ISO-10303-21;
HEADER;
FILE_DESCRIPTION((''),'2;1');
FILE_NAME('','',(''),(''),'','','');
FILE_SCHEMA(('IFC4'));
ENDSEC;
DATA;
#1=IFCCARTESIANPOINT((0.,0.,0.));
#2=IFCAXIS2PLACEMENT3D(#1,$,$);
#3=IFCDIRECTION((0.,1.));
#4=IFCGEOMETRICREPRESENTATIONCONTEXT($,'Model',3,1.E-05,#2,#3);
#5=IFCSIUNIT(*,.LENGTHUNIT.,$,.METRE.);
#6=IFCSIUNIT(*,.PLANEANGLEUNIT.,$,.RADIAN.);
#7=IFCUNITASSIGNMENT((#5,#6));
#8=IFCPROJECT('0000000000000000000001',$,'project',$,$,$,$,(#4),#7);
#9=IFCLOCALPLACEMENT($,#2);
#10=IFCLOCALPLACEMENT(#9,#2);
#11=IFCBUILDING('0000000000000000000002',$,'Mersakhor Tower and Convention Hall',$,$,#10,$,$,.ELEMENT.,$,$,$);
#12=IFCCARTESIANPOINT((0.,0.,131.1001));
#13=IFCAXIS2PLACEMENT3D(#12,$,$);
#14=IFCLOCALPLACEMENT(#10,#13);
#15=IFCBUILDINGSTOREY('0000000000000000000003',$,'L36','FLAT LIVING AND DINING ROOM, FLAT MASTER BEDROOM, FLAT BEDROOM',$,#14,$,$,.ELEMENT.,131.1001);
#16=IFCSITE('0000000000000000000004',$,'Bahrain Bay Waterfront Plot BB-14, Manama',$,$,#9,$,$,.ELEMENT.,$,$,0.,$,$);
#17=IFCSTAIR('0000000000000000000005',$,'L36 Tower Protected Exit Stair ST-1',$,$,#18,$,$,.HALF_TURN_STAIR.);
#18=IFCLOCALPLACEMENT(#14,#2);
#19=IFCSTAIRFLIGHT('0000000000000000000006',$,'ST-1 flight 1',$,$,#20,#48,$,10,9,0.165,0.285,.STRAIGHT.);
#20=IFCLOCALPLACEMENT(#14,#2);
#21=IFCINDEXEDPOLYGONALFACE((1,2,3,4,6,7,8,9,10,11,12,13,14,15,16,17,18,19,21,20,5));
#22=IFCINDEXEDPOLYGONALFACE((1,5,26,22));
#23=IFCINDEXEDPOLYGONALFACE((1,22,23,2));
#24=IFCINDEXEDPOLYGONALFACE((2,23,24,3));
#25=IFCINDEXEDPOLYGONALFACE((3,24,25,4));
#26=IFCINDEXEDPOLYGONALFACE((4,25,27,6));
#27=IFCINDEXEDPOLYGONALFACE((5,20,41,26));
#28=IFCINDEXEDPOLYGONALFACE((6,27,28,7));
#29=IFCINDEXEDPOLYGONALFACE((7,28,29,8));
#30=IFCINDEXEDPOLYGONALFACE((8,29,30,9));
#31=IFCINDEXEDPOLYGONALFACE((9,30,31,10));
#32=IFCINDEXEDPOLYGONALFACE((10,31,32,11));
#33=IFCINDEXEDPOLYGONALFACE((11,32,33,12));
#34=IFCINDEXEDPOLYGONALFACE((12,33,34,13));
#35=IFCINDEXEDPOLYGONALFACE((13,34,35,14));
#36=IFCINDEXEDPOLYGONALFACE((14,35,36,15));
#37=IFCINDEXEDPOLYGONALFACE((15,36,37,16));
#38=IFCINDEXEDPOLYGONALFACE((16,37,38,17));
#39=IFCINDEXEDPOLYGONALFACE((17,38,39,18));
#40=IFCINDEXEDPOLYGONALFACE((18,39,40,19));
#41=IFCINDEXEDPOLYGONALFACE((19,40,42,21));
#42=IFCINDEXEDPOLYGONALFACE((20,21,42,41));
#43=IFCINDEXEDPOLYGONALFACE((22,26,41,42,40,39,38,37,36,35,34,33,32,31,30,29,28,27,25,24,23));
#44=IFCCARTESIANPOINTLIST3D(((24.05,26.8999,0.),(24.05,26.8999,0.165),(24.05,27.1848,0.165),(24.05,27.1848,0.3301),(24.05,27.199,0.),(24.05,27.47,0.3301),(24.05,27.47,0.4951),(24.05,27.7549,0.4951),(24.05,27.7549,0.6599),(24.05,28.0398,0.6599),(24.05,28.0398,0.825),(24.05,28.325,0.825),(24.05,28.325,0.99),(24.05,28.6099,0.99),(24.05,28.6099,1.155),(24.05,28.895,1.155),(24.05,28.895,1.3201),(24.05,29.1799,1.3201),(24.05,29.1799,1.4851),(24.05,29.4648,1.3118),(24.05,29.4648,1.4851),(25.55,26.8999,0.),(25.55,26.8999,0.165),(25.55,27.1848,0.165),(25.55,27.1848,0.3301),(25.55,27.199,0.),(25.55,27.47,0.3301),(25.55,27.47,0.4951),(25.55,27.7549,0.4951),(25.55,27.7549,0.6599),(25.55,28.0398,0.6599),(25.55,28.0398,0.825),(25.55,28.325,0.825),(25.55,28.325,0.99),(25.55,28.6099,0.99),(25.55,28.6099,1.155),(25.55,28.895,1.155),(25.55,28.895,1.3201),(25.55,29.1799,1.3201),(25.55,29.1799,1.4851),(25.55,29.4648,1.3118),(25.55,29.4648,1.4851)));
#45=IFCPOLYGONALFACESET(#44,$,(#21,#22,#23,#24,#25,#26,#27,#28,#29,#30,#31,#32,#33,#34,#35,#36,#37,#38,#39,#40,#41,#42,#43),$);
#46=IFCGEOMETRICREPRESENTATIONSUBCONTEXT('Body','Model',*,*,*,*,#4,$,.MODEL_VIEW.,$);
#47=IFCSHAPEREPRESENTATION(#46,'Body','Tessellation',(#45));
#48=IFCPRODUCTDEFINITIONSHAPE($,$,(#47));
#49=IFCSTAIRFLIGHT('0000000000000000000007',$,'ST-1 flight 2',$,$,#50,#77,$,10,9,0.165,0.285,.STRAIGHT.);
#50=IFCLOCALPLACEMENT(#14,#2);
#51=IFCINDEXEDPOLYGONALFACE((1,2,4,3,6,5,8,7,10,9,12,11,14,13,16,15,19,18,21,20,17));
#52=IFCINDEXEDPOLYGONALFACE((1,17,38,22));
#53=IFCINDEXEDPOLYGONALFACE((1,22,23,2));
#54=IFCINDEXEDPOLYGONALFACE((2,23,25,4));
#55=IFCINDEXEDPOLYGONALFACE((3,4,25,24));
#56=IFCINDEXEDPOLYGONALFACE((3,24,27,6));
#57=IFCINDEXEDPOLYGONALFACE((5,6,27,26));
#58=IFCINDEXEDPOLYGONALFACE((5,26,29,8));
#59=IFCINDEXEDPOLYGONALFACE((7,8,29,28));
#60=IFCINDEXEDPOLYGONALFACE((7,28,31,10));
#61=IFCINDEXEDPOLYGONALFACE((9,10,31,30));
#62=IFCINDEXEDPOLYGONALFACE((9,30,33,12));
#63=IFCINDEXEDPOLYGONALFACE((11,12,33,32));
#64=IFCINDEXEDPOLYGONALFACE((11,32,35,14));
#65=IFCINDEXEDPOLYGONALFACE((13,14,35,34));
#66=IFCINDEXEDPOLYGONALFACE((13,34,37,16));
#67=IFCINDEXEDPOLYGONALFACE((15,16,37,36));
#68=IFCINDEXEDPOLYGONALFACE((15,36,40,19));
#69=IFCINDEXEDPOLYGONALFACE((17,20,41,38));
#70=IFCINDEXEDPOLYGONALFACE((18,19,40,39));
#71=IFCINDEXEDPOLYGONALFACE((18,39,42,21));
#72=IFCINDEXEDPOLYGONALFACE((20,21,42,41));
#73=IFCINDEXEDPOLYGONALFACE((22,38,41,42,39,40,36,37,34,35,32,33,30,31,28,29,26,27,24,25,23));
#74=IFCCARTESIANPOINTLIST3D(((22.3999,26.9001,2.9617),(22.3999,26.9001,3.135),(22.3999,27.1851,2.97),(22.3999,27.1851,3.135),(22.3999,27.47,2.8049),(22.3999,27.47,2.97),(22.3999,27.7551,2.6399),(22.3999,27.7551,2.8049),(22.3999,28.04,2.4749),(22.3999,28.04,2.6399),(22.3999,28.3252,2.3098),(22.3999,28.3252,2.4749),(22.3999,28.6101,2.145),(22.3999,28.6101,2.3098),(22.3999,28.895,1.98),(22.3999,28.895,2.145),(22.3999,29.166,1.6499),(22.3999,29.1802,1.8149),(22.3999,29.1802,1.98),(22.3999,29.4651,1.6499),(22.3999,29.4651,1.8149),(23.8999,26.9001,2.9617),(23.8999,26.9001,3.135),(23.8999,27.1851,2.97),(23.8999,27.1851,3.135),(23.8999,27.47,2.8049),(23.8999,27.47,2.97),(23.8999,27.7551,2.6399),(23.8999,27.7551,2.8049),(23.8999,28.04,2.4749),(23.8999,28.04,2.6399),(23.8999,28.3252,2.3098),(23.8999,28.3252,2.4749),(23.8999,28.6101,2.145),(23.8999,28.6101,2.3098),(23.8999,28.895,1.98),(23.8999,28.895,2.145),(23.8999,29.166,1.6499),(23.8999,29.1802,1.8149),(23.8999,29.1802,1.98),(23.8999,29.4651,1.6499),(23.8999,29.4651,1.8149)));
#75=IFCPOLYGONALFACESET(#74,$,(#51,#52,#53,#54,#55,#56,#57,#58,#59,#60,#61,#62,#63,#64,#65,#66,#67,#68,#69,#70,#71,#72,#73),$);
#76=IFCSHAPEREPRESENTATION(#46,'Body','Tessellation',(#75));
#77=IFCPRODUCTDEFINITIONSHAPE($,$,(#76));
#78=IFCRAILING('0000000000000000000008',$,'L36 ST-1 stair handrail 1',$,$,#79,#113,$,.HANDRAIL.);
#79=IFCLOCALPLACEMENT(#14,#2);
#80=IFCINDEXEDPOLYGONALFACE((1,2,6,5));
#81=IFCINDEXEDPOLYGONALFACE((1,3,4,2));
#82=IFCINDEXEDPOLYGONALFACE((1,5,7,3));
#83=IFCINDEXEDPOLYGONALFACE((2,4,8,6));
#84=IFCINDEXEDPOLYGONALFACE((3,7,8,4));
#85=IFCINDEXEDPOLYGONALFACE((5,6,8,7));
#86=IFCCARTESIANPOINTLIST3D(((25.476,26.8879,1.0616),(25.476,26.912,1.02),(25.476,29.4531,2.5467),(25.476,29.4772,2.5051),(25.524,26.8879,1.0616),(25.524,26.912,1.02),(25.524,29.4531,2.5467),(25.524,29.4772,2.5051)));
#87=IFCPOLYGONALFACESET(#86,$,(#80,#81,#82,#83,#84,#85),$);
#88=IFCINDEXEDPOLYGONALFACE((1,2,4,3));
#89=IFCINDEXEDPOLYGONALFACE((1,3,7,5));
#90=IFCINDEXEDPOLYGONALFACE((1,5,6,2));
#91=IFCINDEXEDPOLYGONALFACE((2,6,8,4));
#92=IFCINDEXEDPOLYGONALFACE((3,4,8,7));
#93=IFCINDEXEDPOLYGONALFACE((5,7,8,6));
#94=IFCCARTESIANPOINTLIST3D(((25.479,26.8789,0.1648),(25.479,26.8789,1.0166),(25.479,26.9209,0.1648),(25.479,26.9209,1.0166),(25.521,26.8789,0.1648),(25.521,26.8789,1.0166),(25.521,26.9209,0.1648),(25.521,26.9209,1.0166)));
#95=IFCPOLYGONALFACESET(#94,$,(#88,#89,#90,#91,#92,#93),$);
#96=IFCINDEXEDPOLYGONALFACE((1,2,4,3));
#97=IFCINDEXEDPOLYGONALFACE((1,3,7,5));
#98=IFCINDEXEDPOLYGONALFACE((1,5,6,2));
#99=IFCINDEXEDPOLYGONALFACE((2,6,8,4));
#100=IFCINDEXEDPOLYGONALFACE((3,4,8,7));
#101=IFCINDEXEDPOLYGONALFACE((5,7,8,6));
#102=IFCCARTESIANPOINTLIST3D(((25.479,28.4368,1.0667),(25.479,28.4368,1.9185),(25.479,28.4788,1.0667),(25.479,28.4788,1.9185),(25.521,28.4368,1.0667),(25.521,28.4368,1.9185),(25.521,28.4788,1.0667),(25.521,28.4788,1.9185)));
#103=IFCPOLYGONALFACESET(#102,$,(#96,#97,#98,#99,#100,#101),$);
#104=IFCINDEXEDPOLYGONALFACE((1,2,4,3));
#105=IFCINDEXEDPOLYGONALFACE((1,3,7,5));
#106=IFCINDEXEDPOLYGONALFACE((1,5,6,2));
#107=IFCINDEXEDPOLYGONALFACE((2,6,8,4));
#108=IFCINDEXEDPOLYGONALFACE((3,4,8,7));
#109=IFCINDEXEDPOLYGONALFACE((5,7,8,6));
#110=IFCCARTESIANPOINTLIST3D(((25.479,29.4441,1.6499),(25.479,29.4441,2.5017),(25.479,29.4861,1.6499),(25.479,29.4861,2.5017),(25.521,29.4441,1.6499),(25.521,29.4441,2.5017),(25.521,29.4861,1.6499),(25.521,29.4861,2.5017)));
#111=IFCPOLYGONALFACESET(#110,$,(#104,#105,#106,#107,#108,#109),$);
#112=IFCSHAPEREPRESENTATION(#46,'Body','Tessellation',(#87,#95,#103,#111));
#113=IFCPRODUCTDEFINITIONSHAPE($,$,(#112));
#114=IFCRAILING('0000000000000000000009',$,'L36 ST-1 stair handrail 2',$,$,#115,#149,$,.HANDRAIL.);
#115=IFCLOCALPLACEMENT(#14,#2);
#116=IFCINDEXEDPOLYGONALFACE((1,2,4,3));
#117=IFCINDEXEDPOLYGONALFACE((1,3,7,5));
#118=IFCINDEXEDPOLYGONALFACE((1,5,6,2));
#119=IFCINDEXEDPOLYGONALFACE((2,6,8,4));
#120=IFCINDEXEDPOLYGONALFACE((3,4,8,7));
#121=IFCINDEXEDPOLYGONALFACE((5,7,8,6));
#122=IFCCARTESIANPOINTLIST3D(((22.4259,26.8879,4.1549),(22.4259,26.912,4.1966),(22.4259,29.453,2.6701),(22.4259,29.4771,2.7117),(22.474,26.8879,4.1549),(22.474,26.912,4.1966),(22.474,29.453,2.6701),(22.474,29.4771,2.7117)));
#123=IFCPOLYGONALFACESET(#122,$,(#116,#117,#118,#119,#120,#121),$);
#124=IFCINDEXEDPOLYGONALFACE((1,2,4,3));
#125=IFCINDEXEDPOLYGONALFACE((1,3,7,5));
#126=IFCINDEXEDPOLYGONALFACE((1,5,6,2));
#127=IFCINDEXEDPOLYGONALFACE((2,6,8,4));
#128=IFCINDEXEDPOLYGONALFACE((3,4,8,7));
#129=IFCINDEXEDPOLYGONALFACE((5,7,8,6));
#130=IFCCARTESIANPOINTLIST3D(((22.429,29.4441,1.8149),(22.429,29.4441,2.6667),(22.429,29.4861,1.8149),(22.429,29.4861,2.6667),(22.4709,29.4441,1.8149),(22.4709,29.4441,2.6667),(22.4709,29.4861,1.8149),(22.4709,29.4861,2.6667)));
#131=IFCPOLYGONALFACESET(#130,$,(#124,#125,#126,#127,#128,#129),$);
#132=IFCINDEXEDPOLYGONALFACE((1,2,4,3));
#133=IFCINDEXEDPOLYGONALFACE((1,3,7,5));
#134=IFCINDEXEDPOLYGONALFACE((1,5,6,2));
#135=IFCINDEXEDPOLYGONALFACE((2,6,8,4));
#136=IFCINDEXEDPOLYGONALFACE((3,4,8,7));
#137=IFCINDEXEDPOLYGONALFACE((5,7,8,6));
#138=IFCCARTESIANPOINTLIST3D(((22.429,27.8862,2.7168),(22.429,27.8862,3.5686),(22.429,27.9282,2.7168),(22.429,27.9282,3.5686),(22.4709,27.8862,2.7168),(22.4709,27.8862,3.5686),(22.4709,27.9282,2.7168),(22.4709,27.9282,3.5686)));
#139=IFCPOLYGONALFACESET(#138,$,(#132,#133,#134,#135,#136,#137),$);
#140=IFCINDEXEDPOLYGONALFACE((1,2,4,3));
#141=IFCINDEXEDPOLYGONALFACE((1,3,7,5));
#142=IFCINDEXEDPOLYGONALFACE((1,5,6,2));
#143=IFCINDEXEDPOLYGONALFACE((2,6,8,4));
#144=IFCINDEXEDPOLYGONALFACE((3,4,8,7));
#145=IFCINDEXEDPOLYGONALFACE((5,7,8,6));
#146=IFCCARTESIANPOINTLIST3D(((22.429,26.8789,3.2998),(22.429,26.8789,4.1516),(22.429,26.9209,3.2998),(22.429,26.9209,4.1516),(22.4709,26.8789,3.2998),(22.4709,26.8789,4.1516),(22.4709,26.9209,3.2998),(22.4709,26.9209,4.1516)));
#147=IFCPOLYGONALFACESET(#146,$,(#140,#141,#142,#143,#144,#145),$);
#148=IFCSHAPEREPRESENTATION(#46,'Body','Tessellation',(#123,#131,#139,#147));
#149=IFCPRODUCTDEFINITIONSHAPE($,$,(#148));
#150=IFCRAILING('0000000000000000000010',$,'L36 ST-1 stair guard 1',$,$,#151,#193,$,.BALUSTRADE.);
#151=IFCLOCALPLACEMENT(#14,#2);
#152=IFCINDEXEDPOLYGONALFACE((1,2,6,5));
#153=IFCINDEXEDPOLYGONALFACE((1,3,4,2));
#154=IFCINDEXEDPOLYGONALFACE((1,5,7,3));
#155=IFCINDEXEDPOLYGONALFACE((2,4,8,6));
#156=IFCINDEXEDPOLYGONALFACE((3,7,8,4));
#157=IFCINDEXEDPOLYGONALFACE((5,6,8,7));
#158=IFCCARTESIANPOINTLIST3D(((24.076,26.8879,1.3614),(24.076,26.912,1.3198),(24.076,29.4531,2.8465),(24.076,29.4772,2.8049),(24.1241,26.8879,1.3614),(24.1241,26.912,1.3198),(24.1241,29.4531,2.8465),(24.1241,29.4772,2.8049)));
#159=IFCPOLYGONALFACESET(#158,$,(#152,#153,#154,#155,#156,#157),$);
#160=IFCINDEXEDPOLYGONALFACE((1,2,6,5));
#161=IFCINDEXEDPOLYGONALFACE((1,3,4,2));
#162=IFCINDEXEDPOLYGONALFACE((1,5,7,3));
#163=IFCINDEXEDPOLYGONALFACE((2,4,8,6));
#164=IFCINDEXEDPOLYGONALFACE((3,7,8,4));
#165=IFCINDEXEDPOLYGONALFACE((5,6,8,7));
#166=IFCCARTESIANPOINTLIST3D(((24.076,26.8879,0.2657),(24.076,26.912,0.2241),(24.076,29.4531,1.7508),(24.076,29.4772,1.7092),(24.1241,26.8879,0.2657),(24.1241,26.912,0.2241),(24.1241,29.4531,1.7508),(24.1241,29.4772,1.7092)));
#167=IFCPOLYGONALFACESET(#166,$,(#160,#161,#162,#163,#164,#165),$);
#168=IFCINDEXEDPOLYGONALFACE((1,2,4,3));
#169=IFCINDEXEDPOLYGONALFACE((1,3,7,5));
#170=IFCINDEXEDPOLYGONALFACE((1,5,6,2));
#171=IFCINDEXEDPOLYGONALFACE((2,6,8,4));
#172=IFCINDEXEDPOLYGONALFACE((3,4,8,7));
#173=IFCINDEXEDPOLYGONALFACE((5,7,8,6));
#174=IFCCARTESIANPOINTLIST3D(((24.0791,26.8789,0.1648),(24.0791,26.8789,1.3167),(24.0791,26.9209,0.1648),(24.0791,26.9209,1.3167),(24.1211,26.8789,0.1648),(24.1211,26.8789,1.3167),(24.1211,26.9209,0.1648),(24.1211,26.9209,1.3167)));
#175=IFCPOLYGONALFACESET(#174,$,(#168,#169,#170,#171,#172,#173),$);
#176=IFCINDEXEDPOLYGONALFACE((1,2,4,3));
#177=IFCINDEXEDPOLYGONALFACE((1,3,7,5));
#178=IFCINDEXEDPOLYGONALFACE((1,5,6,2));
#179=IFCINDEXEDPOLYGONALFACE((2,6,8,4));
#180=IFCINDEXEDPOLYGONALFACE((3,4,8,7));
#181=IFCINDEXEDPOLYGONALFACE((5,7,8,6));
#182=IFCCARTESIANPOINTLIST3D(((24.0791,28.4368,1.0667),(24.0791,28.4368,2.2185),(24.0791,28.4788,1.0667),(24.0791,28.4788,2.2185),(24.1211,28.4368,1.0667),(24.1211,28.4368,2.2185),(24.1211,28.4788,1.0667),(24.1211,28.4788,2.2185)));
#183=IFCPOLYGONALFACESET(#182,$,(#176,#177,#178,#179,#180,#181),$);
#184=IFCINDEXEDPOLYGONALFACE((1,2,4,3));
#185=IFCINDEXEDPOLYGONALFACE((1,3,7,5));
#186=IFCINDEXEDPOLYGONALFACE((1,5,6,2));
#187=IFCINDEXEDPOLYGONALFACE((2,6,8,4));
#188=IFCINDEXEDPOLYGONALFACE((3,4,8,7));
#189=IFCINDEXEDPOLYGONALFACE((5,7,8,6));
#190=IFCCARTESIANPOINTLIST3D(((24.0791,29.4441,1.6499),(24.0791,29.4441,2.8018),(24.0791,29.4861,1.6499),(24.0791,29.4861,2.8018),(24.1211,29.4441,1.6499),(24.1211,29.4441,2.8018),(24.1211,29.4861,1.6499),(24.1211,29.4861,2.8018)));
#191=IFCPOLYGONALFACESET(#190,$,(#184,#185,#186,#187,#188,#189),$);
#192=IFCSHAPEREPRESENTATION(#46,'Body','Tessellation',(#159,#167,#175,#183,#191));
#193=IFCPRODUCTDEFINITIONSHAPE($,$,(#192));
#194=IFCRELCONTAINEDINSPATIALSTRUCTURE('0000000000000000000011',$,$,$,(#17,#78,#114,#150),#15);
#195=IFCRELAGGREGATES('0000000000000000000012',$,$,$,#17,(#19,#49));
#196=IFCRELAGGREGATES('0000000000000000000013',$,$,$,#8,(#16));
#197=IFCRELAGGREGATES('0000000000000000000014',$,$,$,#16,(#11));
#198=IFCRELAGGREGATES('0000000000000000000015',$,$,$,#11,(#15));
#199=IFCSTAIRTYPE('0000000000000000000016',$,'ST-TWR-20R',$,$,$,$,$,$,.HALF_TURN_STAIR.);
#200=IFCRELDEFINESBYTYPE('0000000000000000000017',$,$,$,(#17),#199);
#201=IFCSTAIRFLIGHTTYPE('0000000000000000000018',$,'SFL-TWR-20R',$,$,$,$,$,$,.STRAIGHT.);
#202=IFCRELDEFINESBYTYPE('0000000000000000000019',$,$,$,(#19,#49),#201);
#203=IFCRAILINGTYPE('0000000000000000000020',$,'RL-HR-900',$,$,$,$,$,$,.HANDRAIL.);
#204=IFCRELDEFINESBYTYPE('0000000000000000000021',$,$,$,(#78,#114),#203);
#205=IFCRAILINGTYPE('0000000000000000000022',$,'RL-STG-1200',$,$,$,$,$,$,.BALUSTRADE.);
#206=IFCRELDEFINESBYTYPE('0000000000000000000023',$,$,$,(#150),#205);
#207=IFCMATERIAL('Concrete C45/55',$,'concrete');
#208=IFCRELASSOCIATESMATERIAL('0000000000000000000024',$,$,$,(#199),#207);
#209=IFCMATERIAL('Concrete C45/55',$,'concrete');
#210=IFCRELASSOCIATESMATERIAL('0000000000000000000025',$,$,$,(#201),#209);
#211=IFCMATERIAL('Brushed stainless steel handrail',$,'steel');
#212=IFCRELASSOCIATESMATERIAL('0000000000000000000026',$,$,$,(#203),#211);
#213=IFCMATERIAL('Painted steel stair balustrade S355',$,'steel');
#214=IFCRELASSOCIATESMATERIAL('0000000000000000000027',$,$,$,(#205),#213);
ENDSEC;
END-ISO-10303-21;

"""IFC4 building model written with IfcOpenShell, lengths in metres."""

from ifc_helpers import new_model, si_unit, direction, frame, origin, origin_2d, place, context, subcontext, project, spatial, polyline, rectangle, outline, extrude, material, type_object, element, aggregate, save


model = new_model("IFC4")

# Units and contexts
model_context = context("Model", 3, precision=1e-05, world=origin(), true_north=direction((0.0, 1.0)))
body_context = subcontext(model_context, "Body", "Model", "MODEL_VIEW")
ifc_project = project(units=[si_unit("LENGTHUNIT", "METRE"), si_unit("PLANEANGLEUNIT", "RADIAN")], contexts=[model_context])

# Site, building, storey
site_placement = place(None, origin())
site = spatial("IfcSite", under=ifc_project, at=site_placement, Name="Bahrain Bay Waterfront Plot BB-14, Manama", CompositionType="ELEMENT", RefElevation=0.0)
building_placement = place(site_placement, origin())
building = spatial("IfcBuilding", under=site, at=building_placement, Name="Mersakhor Tower and Convention Hall", CompositionType="ELEMENT")
storey_placement = place(building_placement, frame((0.0, 0.0, 131.1001)))
storey = spatial("IfcBuildingStorey", under=building, at=storey_placement, Name="L36", Description="FLAT LIVING AND DINING ROOM, FLAT MASTER BEDROOM, FLAT BEDROOM", CompositionType="ELEMENT", Elevation=131.1001)

# Stair, stair flights
ifc_material_1 = material(Name="Concrete C45/55", Category="concrete")
stair_type = type_object("IfcStairType", Name="ST-TWR-20R", PredefinedType="HALF_TURN_STAIR", material=ifc_material_1)
stair_placement = place(storey_placement, origin())
stair = element("IfcStair", 1, at=stair_placement, inside=storey, type_object=stair_type, Name="L36 Tower Protected Exit Stair ST-1", PredefinedType="HALF_TURN_STAIR")
ifc_material_2 = material(Name="Concrete C45/55", Category="concrete")
stair_flight_type = type_object("IfcStairFlightType", Name="SFL-TWR-20R", PredefinedType="STRAIGHT", material=ifc_material_2)
stair_flight_1_placement = place(storey_placement, frame((24.8, 26.8999, 0.0), z_axis=(0.0, 0.0, 1.0), x_axis=(0.0, 1.0, 0.0)))
stair_flight_1 = element("IfcStairFlight", 2, at=stair_flight_1_placement, type_object=stair_flight_type, Name="ST-1 flight 1", NumberOfRisers=10, NumberOfTreads=9, PredefinedType="STRAIGHT", RiserHeight=0.165, TreadLength=0.285, context=body_context, shape_type="SweptSolid", body=[
    extrude(outline(polyline([(0.0, 0.0), (0.0, 0.165), (0.2849, 0.165), (0.2849, 0.3301), (0.5701, 0.3301), (0.5701, 0.4951), (0.855, 0.4951), (0.855, 0.6599), (1.1399, 0.6599), (1.1399, 0.825), (1.425, 0.825), (1.425, 0.99), (1.71, 0.99), (1.71, 1.155), (1.9951, 1.155), (1.9951, 1.3201), (2.28, 1.3201), (2.28, 1.4851), (2.5649, 1.4851), (2.5649, 1.6499), (2.5649, 1.3118), (0.2991, 0.0), (0.0, 0.0)])), frame((0.0, 0.75, 0.0), z_axis=(0.0, -1.0, 0.0), x_axis=(1.0, 0.0, 0.0)), (0.0, 0.0, 1.0), 1.5),
])
stair_flight_2_placement = place(storey_placement, frame((23.1499, 29.4651, 1.6499), z_axis=(0.0, 0.0, 1.0), x_axis=(0.0, -1.0, 0.0)))
stair_flight_2 = element("IfcStairFlight", 3, at=stair_flight_2_placement, type_object=stair_flight_type, Name="ST-1 flight 2", NumberOfRisers=10, NumberOfTreads=9, PredefinedType="STRAIGHT", RiserHeight=0.165, TreadLength=0.285, context=body_context, shape_type="SweptSolid", body=[
    extrude(outline(polyline([(0.0, 0.0), (0.0, 0.165), (0.2849, 0.165), (0.2849, 0.3301), (0.5701, 0.3301), (0.5701, 0.4951), (0.855, 0.4951), (0.855, 0.6599), (1.1399, 0.6599), (1.1399, 0.825), (1.425, 0.825), (1.425, 0.99), (1.71, 0.99), (1.71, 1.155), (1.9951, 1.155), (1.9951, 1.3201), (2.28, 1.3201), (2.28, 1.4851), (2.5649, 1.4851), (2.5649, 1.6499), (2.5649, 1.3118), (0.2991, 0.0), (0.0, 0.0)])), frame((0.0, 0.75, 0.0), z_axis=(0.0, -1.0, 0.0), x_axis=(1.0, 0.0, 0.0)), (0.0, 0.0, 1.0), 1.5),
])
aggregate(stair, [stair_flight_1, stair_flight_2])

# Railings
ifc_material_3 = material(Name="Brushed stainless steel handrail", Category="steel")
railing_type_1 = type_object("IfcRailingType", Name="RL-HR-900", PredefinedType="HANDRAIL", material=ifc_material_3)
railing_1_placement = place(storey_placement, frame((25.5, 26.8999, 0.1648)))
element("IfcRailing", 4, at=railing_1_placement, inside=storey, type_object=railing_type_1, Name="L36 ST-1 stair handrail 1", PredefinedType="HANDRAIL", context=body_context, shape_type="SweptSolid", body=[
    extrude(rectangle(XDim=0.0481, YDim=0.0481, at=origin_2d()), frame((0.0, 0.0, 0.876), z_axis=(0.0, 0.865426, 0.501036), x_axis=(-1.0, 0.0, 0.0)), (0.0, 0.0, 1.0), 2.9641),
    extrude(rectangle(XDim=0.042, YDim=0.042, at=origin_2d()), origin(), (0.0, 0.0, 1.0), 0.8518),
    extrude(rectangle(XDim=0.042, YDim=0.042, at=origin_2d()), frame((0.0, 1.5579, 0.9019)), (0.0, 0.0, 1.0), 0.8518),
    extrude(rectangle(XDim=0.042, YDim=0.042, at=origin_2d()), frame((0.0, 2.5652, 1.4851)), (0.0, 0.0, 1.0), 0.8518),
])
railing_2_placement = place(storey_placement, frame((22.45, 29.4651, 1.8149)))
element("IfcRailing", 5, at=railing_2_placement, inside=storey, type_object=railing_type_1, Name="L36 ST-1 stair handrail 2", PredefinedType="HANDRAIL", context=body_context, shape_type="SweptSolid", body=[
    extrude(rectangle(XDim=0.0481, YDim=0.0481, at=origin_2d()), frame((0.0, 0.0, 0.876), z_axis=(0.0, -0.865462, 0.500975), x_axis=(1.0, 0.0, 0.0)), (0.0, 0.0, 1.0), 2.9639),
    extrude(rectangle(XDim=0.042, YDim=0.042, at=origin_2d()), origin(), (0.0, 0.0, 1.0), 0.8518),
    extrude(rectangle(XDim=0.042, YDim=0.042, at=origin_2d()), frame((0.0, -1.5579, 0.9019)), (0.0, 0.0, 1.0), 0.8518),
    extrude(rectangle(XDim=0.042, YDim=0.042, at=origin_2d()), frame((0.0, -2.5652, 1.4849)), (0.0, 0.0, 1.0), 0.8518),
])
ifc_material_4 = material(Name="Painted steel stair balustrade S355", Category="steel")
railing_type_2 = type_object("IfcRailingType", Name="RL-STG-1200", PredefinedType="BALUSTRADE", material=ifc_material_4)
railing_3_placement = place(storey_placement, frame((24.1001, 26.8999, 0.1648)))
element("IfcRailing", 6, at=railing_3_placement, inside=storey, type_object=railing_type_2, Name="L36 ST-1 stair guard 1", PredefinedType="BALUSTRADE", context=body_context, shape_type="SweptSolid", body=[
    extrude(rectangle(XDim=0.0481, YDim=0.0481, at=origin_2d()), frame((0.0, 0.0, 1.1758), z_axis=(0.0, 0.865426, 0.501036), x_axis=(-1.0, 0.0, 0.0)), (0.0, 0.0, 1.0), 2.9641),
    extrude(rectangle(XDim=0.0481, YDim=0.0481, at=origin_2d()), frame((0.0, 0.0, 0.0801), z_axis=(0.0, 0.865426, 0.501036), x_axis=(-1.0, 0.0, 0.0)), (0.0, 0.0, 1.0), 2.9641),
    extrude(rectangle(XDim=0.042, YDim=0.042, at=origin_2d()), origin(), (0.0, 0.0, 1.0), 1.1519),
    extrude(rectangle(XDim=0.042, YDim=0.042, at=origin_2d()), frame((0.0, 1.5579, 0.9019)), (0.0, 0.0, 1.0), 1.1519),
    extrude(rectangle(XDim=0.042, YDim=0.042, at=origin_2d()), frame((0.0, 2.5652, 1.4851)), (0.0, 0.0, 1.0), 1.1519),
])

save(model, "model.ifc")
